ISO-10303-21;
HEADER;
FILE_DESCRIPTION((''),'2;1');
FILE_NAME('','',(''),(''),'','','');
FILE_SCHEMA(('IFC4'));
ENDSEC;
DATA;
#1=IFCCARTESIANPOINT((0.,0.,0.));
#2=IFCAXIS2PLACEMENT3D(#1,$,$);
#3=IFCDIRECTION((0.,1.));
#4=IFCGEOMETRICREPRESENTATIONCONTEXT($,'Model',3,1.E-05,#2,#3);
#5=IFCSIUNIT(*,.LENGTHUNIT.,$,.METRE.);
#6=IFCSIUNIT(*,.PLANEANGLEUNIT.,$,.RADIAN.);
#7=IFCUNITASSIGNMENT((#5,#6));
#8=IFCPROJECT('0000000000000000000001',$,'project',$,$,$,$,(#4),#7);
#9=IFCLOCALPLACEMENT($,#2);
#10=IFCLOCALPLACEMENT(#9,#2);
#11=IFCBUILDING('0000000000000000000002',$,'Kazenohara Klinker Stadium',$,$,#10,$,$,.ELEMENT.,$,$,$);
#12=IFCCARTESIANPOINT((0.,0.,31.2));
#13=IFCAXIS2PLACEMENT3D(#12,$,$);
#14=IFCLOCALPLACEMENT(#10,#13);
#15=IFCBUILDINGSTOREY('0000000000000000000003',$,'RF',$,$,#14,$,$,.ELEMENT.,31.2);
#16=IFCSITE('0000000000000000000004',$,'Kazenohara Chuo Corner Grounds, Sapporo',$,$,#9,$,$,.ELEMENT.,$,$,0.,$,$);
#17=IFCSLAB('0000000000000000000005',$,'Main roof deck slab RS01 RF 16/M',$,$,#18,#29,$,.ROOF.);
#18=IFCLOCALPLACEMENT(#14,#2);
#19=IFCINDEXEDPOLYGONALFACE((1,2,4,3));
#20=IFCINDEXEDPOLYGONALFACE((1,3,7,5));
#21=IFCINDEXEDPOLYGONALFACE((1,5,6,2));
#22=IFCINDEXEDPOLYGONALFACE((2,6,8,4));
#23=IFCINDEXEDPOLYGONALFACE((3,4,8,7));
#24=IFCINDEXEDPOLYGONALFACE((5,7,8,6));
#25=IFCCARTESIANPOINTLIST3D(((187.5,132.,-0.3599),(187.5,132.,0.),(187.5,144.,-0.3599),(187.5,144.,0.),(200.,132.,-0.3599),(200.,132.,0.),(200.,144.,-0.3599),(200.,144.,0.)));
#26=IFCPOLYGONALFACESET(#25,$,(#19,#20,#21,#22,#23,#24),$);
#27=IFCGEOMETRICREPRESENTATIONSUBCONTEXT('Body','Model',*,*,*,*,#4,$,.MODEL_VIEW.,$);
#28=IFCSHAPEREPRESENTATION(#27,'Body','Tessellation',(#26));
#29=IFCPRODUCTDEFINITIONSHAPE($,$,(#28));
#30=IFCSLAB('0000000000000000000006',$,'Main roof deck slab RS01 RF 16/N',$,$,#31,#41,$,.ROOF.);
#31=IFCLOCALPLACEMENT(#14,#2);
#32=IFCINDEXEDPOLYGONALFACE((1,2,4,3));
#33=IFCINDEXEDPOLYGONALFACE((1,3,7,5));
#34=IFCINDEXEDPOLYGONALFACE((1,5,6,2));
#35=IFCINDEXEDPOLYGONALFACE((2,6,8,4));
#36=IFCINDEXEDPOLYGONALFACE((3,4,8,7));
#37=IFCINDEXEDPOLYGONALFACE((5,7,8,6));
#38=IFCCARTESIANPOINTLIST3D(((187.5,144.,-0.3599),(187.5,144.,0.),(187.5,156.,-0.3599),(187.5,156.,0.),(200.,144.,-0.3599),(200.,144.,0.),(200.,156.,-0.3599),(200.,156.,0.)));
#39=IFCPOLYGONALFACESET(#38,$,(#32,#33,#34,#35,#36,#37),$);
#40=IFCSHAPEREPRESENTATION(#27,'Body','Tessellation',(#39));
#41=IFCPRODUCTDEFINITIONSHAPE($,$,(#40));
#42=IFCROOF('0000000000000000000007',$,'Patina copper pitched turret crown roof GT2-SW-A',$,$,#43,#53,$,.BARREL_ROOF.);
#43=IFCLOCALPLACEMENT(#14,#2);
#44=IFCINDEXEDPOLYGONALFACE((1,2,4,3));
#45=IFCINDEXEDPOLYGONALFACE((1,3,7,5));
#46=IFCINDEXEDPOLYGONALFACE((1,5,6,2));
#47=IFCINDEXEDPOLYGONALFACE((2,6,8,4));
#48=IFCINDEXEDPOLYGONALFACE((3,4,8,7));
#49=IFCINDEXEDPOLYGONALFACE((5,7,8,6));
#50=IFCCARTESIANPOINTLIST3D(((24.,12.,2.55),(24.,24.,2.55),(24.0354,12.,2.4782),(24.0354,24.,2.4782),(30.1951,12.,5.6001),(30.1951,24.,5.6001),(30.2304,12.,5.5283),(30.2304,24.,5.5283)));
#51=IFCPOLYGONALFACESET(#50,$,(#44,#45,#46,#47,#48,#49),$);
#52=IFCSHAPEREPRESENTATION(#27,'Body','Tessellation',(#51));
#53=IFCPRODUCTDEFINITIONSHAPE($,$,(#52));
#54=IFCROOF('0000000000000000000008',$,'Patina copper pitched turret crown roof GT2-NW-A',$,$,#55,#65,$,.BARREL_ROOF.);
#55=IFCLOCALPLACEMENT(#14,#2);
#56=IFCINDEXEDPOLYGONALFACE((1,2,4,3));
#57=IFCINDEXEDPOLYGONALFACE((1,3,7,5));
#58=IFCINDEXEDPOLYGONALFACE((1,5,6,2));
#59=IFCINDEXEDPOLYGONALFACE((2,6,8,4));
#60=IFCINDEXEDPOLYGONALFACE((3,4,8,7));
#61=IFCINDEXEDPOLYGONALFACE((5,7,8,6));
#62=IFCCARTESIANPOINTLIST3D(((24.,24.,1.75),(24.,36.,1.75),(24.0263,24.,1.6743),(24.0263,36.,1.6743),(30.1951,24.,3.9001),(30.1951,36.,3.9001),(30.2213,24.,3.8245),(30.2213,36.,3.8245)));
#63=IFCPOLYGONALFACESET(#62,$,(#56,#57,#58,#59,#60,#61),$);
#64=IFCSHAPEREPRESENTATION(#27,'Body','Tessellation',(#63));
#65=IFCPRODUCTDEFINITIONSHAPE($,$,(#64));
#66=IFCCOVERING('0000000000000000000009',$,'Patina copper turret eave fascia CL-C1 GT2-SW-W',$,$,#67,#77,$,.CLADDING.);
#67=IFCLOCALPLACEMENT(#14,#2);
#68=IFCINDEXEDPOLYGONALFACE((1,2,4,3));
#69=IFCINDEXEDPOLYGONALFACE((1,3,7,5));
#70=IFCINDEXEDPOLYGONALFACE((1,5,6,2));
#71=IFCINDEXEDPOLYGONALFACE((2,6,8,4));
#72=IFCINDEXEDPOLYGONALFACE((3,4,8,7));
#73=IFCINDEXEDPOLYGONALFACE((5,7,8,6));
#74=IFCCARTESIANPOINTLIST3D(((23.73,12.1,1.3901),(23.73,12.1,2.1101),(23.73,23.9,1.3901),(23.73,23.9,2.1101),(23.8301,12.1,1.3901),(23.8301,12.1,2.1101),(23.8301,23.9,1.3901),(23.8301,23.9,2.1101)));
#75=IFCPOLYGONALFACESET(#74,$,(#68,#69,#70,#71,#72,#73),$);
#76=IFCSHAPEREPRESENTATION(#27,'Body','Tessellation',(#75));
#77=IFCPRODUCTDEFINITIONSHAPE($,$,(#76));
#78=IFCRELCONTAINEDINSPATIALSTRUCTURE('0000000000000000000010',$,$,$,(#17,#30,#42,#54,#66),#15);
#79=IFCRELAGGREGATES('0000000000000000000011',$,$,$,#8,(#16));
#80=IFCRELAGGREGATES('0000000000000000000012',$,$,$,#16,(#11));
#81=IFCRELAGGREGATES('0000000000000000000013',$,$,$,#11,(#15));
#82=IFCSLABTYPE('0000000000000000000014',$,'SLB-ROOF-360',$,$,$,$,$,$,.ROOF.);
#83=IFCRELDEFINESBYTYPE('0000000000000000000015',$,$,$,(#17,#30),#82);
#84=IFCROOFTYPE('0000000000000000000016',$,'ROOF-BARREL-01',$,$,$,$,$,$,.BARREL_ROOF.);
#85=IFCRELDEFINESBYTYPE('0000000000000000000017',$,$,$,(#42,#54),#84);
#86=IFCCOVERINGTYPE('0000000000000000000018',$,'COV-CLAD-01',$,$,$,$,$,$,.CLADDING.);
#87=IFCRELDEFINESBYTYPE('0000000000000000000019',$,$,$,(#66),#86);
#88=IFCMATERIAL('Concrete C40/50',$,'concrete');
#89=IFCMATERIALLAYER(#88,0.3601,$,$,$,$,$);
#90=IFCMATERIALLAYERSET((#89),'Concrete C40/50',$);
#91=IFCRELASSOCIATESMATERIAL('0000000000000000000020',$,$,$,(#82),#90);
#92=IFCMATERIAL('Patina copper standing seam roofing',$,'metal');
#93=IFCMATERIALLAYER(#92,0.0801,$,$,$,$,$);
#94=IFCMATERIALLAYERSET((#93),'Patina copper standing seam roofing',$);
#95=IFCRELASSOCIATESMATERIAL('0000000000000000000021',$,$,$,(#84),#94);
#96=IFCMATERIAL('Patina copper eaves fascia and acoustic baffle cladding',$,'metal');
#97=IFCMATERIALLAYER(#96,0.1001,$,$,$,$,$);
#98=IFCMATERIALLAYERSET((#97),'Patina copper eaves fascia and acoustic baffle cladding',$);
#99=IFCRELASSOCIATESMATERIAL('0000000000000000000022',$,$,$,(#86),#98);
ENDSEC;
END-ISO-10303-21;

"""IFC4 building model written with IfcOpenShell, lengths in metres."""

from ifc_helpers import new_model, si_unit, direction, frame, origin, origin_2d, place, context, subcontext, project, spatial, polyline, rectangle, outline, extrude, material, layer, layer_set, type_object, element, save


model = new_model("IFC4")

# Units and contexts
model_context = context("Model", 3, precision=1e-05, world=origin(), true_north=direction((0.0, 1.0)))
body_context = subcontext(model_context, "Body", "Model", "MODEL_VIEW")
ifc_project = project(units=[si_unit("LENGTHUNIT", "METRE"), si_unit("PLANEANGLEUNIT", "RADIAN")], contexts=[model_context])

# Site, building, storey
site_placement = place(None, origin())
site = spatial("IfcSite", under=ifc_project, at=site_placement, Name="Kazenohara Chuo Corner Grounds, Sapporo", CompositionType="ELEMENT", RefElevation=0.0)
building_placement = place(site_placement, origin())
building = spatial("IfcBuilding", under=site, at=building_placement, Name="Kazenohara Klinker Stadium", CompositionType="ELEMENT")
storey_placement = place(building_placement, frame((0.0, 0.0, 31.2)))
storey = spatial("IfcBuildingStorey", under=building, at=storey_placement, Name="RF", CompositionType="ELEMENT", Elevation=31.2)

# Shared definitions
ifc_material_1 = material(Name="Concrete C40/50", Category="concrete")

# Slabs
ifc_layer_1 = layer(ifc_material_1, 0.3601)
ifc_layer_set_1 = layer_set([ifc_layer_1], Name="Concrete C40/50")
slab_type_1 = type_object("IfcSlabType", Name="SLB-ROOF-360", PredefinedType="ROOF", material=ifc_layer_set_1)
slab_1_placement = place(storey_placement, frame((0.0, 0.0, -0.3599)))
element("IfcSlab", 1, at=slab_1_placement, inside=storey, type_object=slab_type_1, Name="Main roof deck slab RS01 RF 16/M", PredefinedType="ROOF", context=body_context, shape_type="SweptSolid", body=[
    extrude(outline(polyline([(187.5, 132.0), (200.0, 132.0), (200.0, 144.0), (187.5, 144.0), (187.5, 132.0)])), origin(), (0.0, 0.0, 1.0), 0.3599),
])
slab_2_placement = place(storey_placement, frame((0.0, 0.0, -0.3599)))
element("IfcSlab", 2, at=slab_2_placement, inside=storey, type_object=slab_type_1, Name="Main roof deck slab RS01 RF 16/N", PredefinedType="ROOF", context=body_context, shape_type="SweptSolid", body=[
    extrude(outline(polyline([(187.5, 144.0), (200.0, 144.0), (200.0, 156.0), (187.5, 156.0), (187.5, 144.0)])), origin(), (0.0, 0.0, 1.0), 0.3599),
])

# Roofs
ifc_material_2 = material(Name="Patina copper standing seam roofing", Category="metal")
ifc_layer_2 = layer(ifc_material_2, 0.0801)
ifc_layer_set_2 = layer_set([ifc_layer_2], Name="Patina copper standing seam roofing")
roof_type = type_object("IfcRoofType", Name="ROOF-BARREL-01", PredefinedType="BARREL_ROOF", material=ifc_layer_set_2)
roof_1_placement = place(storey_placement, frame((24.0, 12.0, 2.55), z_axis=(-0.441704, 0.0, 0.897161), x_axis=(0.897161, 0.0, 0.441704)))
element("IfcRoof", 3, at=roof_1_placement, inside=storey, type_object=roof_type, Name="Patina copper pitched turret crown roof GT2-SW-A", PredefinedType="BARREL_ROOF", context=body_context, shape_type="SweptSolid", body=[
    extrude(outline(polyline([(0.0, 0.0), (6.9052, 0.0), (6.9052, 12.0), (0.0, 12.0), (0.0, 0.0)])), origin(), (0.0, 0.0, -1.0), 0.0801),
])
roof_2_placement = place(storey_placement, frame((24.0, 24.0, 1.75), z_axis=(-0.327887, 0.0, 0.944717), x_axis=(0.944717, 0.0, 0.327887)))
element("IfcRoof", 4, at=roof_2_placement, inside=storey, type_object=roof_type, Name="Patina copper pitched turret crown roof GT2-NW-A", PredefinedType="BARREL_ROOF", context=body_context, shape_type="SweptSolid", body=[
    extrude(outline(polyline([(0.0, 0.0), (6.5576, 0.0), (6.5576, 12.0), (0.0, 12.0), (0.0, 0.0)])), origin(), (0.0, 0.0, -1.0), 0.0801),
])

# Covering
ifc_material_3 = material(Name="Patina copper eaves fascia and acoustic baffle cladding", Category="metal")
ifc_layer_3 = layer(ifc_material_3, 0.1001)
ifc_layer_set_3 = layer_set([ifc_layer_3], Name="Patina copper eaves fascia and acoustic baffle cladding")
covering_type = type_object("IfcCoveringType", Name="COV-CLAD-01", PredefinedType="CLADDING", material=ifc_layer_set_3)
covering_placement = place(storey_placement, frame((23.78, 18.0, 1.3901), z_axis=(0.0, 0.0, 1.0), x_axis=(1.0, 0.0, 0.0)))
element("IfcCovering", 5, at=covering_placement, inside=storey, type_object=covering_type, Name="Patina copper turret eave fascia CL-C1 GT2-SW-W", PredefinedType="CLADDING", context=body_context, shape_type="SweptSolid", body=[
    extrude(rectangle(XDim=0.1001, YDim=11.8, at=origin_2d()), origin(), (0.0, 0.0, 1.0), 0.72),
])

save(model, "model.ifc")
